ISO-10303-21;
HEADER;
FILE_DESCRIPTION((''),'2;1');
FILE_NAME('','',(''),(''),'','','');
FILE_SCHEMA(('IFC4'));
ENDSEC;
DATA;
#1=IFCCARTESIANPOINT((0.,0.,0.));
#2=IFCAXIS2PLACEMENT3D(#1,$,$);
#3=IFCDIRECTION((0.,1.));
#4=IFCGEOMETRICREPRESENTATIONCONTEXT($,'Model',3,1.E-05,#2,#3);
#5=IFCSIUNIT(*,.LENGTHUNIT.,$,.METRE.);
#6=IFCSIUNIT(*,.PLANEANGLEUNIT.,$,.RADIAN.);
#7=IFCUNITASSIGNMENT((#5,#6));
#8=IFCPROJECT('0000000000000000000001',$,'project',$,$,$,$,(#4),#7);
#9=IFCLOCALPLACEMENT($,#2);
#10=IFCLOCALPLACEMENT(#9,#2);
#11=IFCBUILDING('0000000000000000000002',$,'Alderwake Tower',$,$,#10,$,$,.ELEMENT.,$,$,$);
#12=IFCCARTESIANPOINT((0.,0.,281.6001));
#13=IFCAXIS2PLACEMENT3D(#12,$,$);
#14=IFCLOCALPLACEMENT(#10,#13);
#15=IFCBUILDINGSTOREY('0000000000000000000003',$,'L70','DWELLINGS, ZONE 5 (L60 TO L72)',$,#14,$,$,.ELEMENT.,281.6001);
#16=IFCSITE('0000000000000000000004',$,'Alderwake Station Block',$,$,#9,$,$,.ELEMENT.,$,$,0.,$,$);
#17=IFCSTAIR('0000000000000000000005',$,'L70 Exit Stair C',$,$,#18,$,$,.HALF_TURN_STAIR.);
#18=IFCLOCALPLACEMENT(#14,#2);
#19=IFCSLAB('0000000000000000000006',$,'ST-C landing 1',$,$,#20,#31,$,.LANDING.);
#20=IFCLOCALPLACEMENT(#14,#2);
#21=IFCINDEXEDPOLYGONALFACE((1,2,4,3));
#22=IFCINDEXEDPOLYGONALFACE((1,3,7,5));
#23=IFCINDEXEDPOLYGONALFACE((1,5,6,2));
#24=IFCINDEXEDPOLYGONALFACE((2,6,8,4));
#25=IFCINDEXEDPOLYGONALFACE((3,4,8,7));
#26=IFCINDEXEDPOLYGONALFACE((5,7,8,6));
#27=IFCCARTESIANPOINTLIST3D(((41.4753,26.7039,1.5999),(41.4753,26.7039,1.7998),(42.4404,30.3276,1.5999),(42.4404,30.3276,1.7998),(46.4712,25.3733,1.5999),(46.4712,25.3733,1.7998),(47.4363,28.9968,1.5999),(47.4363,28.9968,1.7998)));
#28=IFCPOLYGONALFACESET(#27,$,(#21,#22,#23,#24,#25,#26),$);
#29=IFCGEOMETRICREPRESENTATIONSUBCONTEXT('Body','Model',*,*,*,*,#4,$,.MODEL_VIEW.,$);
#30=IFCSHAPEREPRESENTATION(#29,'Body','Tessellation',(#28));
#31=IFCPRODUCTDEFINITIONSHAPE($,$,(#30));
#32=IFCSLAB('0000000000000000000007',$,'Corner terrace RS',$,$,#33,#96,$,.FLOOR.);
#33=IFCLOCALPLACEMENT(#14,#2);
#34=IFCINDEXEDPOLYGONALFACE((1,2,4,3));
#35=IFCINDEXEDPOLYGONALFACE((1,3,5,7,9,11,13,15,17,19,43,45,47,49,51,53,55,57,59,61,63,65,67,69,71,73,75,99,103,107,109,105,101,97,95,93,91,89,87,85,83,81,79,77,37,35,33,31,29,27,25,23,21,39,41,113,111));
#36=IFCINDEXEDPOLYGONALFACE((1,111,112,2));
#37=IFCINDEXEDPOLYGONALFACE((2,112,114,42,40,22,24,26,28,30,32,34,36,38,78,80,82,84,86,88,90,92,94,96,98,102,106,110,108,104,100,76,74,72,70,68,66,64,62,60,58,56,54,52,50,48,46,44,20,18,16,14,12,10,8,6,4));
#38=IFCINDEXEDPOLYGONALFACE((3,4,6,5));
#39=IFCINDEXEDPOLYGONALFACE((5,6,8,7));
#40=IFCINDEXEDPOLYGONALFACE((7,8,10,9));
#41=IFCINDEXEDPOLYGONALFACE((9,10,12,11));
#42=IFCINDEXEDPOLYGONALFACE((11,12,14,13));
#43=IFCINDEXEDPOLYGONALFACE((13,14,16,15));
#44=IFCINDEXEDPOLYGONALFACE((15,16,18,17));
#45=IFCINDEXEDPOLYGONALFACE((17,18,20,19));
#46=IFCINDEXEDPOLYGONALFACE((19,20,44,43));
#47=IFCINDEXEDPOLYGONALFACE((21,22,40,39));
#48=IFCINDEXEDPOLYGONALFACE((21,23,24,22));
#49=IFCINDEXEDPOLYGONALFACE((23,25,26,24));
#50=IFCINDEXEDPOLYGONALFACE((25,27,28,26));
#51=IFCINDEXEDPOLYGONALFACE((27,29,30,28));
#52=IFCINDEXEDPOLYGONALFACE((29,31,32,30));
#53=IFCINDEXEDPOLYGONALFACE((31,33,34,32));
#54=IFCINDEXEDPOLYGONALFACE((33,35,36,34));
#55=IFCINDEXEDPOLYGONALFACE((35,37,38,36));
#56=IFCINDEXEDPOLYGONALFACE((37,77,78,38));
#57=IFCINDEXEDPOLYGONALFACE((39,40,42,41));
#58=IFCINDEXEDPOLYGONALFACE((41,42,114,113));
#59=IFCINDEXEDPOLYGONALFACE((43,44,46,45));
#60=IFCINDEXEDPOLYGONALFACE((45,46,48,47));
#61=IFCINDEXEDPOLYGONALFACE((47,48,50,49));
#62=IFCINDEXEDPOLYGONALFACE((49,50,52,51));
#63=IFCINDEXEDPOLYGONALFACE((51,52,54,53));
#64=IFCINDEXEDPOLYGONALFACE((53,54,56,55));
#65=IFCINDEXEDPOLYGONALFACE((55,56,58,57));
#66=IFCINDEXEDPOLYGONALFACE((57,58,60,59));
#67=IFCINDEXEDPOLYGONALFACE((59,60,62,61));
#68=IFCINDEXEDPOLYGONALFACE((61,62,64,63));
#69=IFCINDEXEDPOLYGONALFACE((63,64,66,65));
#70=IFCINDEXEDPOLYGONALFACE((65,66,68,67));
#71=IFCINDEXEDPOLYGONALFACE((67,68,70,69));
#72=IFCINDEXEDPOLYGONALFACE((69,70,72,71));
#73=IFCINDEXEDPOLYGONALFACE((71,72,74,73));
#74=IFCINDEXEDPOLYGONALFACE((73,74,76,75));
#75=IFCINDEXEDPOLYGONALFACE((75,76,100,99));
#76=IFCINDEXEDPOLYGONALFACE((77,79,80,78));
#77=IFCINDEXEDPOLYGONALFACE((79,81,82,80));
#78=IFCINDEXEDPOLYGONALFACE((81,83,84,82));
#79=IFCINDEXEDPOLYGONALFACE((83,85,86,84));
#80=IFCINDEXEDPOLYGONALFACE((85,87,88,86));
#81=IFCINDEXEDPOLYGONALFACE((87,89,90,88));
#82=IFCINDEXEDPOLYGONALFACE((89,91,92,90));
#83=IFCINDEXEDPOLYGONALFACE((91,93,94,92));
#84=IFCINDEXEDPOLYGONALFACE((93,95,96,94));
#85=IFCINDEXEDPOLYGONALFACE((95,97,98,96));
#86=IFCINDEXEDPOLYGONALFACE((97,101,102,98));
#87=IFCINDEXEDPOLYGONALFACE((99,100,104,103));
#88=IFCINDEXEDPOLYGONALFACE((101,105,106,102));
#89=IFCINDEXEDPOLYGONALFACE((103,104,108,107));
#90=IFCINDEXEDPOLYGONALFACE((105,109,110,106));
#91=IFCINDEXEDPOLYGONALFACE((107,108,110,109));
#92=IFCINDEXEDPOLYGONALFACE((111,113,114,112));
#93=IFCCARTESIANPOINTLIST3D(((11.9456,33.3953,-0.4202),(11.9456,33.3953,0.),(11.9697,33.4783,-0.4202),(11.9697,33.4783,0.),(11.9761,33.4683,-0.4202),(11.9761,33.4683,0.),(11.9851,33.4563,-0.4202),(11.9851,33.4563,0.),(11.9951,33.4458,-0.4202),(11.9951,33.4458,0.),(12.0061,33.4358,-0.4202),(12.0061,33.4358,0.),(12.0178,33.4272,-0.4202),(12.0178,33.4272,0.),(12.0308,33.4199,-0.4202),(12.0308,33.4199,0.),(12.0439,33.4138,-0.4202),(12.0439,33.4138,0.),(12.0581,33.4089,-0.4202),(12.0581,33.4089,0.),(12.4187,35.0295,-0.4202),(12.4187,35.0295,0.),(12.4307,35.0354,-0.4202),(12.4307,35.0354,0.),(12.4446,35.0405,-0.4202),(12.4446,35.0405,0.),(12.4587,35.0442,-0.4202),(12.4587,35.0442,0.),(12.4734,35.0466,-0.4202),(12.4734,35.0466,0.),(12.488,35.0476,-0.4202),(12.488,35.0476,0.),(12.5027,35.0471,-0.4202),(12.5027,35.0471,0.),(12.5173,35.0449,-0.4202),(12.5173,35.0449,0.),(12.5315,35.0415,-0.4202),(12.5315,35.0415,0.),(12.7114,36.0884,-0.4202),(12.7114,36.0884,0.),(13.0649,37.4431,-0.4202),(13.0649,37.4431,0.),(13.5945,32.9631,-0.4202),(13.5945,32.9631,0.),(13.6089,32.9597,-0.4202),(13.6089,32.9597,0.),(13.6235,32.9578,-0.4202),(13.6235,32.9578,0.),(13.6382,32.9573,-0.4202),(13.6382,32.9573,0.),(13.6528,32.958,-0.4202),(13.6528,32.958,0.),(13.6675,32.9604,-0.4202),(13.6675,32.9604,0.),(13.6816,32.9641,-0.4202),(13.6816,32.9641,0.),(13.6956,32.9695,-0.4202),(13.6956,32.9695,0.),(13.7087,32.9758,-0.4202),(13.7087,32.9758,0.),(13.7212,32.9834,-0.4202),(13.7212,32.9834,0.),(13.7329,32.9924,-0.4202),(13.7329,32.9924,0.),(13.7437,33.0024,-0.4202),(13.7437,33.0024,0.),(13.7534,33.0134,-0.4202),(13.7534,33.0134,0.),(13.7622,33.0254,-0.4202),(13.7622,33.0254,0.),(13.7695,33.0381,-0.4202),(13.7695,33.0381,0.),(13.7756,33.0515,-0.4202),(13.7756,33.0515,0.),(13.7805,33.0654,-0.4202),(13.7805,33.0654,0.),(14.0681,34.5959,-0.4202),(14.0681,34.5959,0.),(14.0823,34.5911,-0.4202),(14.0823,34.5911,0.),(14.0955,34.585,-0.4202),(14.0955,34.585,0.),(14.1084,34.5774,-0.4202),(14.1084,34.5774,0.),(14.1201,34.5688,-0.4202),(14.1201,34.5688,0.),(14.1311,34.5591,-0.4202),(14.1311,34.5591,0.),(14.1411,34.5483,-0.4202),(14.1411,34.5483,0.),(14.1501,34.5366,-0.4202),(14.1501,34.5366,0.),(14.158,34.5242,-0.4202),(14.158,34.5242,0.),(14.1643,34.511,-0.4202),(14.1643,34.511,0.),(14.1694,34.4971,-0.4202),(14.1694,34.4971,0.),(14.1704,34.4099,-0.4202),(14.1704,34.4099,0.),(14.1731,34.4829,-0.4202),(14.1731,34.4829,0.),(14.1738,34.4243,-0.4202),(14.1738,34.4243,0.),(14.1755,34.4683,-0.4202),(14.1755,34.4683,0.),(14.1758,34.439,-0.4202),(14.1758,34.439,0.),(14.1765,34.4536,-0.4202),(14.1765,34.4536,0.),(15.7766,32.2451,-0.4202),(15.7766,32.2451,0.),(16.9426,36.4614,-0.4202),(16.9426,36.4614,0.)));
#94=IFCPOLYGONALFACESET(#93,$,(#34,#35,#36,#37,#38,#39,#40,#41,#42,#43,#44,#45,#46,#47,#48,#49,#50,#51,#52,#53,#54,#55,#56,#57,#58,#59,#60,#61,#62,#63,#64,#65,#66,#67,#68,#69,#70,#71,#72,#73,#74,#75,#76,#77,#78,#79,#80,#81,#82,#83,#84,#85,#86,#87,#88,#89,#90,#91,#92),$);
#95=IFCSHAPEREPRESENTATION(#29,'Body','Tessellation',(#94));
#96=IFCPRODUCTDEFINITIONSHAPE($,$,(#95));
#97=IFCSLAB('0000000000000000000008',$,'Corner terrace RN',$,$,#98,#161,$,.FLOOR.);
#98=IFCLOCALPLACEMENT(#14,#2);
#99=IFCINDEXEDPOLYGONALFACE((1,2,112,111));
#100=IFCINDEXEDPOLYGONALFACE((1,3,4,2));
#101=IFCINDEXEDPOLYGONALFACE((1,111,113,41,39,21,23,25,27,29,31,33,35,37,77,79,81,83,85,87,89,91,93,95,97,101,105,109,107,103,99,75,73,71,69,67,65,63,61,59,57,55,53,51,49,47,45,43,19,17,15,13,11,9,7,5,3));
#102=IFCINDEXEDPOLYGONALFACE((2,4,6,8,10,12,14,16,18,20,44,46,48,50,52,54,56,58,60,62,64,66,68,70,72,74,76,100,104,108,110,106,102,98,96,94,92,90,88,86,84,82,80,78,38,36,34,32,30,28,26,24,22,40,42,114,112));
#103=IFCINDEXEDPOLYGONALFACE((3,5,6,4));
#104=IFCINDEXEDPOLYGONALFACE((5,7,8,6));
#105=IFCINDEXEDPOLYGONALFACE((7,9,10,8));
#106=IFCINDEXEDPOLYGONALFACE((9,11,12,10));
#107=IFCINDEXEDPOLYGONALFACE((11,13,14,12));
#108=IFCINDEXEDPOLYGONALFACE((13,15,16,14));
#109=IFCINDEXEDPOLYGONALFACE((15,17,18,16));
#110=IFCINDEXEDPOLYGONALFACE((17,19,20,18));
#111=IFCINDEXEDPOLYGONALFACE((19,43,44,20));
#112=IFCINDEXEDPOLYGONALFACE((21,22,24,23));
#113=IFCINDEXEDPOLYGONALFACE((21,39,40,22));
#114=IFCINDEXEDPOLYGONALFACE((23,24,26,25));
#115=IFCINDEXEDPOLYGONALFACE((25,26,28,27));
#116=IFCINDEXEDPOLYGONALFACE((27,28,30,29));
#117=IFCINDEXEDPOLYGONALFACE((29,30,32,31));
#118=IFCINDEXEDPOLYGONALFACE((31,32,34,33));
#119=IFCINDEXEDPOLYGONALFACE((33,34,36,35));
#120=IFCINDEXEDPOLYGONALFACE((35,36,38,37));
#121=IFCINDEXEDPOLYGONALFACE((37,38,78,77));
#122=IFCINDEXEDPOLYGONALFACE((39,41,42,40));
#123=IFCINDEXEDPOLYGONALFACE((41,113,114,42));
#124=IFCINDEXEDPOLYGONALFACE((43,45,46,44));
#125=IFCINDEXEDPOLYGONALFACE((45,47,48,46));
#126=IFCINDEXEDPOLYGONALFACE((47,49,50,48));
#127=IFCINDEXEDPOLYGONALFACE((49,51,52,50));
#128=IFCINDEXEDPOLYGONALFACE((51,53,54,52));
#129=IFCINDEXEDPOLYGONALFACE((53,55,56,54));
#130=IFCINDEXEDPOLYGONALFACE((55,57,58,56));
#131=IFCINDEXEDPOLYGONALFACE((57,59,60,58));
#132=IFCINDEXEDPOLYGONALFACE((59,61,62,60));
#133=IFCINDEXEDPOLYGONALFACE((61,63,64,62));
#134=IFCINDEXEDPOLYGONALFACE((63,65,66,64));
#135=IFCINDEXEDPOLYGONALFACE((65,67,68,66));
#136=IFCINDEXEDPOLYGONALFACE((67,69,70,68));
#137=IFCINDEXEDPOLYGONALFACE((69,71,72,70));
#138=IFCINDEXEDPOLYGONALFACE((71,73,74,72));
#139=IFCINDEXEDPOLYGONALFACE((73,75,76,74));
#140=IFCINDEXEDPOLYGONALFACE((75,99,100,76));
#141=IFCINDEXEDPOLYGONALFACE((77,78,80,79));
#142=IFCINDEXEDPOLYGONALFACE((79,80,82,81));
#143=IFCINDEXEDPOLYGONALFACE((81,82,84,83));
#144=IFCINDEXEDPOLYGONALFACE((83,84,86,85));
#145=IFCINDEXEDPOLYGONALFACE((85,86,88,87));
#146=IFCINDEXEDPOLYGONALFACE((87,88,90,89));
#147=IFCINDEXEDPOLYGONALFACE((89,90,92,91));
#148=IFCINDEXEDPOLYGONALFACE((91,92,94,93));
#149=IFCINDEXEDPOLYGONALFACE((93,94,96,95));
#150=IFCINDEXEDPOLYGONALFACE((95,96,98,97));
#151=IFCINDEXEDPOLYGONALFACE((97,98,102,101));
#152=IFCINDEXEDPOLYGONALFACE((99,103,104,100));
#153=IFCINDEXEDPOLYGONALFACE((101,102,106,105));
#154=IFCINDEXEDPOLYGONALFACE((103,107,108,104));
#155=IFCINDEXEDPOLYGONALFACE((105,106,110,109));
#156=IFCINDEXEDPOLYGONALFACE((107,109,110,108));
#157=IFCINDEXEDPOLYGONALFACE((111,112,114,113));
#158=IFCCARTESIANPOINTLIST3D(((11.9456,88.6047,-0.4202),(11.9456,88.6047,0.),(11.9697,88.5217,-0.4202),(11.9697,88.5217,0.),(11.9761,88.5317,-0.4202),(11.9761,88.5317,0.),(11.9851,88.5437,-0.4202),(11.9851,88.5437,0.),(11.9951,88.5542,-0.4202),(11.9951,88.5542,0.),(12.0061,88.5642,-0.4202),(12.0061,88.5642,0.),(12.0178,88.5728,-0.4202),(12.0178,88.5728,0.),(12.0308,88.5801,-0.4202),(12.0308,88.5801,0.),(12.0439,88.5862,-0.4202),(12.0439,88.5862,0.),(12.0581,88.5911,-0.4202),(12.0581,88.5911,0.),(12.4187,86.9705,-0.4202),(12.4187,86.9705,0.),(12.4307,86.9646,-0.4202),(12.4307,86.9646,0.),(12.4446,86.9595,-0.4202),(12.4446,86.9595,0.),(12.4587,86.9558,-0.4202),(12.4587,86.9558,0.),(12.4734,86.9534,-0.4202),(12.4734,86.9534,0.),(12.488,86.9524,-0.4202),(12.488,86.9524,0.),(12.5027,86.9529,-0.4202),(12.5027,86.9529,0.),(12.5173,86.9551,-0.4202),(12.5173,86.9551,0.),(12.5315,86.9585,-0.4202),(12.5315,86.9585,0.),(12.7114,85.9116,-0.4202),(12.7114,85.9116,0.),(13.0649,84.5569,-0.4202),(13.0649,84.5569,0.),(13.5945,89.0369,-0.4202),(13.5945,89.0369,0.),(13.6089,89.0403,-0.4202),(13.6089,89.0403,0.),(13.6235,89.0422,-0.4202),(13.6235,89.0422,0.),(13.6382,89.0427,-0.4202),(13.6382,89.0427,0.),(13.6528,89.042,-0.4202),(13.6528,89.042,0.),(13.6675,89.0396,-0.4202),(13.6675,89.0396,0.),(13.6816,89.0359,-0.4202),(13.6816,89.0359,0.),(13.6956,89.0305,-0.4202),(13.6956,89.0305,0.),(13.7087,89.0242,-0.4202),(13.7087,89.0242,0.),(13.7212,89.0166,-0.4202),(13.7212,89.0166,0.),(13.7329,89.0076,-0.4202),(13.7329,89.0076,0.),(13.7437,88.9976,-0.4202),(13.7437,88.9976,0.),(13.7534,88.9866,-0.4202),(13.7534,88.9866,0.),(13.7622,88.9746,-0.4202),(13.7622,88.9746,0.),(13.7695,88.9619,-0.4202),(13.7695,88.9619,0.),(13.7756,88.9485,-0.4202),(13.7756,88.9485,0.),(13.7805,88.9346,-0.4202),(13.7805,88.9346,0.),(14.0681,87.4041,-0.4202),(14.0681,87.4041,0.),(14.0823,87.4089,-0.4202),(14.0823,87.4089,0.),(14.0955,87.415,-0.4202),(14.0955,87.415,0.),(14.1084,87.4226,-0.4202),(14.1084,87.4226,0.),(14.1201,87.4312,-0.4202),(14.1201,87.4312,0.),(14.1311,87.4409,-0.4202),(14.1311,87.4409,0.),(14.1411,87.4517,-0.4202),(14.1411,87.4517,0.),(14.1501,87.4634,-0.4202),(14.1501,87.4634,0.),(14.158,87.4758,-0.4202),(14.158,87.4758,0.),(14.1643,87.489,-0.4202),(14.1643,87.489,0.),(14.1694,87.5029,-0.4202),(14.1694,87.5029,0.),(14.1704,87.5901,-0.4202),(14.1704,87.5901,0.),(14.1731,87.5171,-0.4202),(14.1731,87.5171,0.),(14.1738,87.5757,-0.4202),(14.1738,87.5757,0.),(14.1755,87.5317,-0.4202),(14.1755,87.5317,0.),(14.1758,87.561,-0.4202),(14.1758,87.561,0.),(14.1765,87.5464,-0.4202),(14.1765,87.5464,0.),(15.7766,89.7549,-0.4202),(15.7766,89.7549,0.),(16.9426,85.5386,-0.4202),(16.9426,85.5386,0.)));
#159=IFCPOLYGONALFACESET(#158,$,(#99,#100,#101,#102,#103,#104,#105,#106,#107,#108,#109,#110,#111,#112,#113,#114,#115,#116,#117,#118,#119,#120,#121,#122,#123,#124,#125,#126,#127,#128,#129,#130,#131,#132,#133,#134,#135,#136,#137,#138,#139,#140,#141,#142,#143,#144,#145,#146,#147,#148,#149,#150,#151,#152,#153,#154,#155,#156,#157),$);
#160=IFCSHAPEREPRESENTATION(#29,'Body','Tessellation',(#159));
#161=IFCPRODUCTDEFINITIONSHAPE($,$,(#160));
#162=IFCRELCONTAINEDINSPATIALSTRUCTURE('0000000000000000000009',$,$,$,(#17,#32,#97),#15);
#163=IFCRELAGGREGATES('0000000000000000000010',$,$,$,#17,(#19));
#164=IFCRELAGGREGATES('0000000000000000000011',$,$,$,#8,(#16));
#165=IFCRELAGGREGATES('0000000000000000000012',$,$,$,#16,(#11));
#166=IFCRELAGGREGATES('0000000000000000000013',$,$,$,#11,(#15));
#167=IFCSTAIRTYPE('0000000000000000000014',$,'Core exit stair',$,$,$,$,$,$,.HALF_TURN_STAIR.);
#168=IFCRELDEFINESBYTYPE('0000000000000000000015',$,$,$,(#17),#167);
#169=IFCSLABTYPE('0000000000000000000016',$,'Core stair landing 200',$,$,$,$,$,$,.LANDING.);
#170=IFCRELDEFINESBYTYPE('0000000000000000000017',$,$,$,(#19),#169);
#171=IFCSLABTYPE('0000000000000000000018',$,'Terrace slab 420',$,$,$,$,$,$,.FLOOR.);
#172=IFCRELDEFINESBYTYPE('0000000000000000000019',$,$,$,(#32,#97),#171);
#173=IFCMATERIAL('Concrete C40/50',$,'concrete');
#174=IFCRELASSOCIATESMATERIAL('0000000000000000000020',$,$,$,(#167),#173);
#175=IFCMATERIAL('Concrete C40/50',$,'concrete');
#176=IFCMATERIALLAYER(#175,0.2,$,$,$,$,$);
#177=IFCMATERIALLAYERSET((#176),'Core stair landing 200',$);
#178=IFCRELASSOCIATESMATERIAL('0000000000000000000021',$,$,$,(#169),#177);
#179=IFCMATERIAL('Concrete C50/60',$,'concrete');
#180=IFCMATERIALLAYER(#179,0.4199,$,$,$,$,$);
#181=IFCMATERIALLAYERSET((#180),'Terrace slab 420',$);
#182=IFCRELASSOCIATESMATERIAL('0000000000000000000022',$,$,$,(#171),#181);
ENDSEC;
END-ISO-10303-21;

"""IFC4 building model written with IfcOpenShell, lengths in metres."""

from ifc_helpers import new_model, si_unit, direction, frame, origin, place, context, subcontext, project, spatial, polyline, outline, extrude, material, layer, layer_set, type_object, element, aggregate, save


model = new_model("IFC4")

# Units and contexts
model_context = context("Model", 3, precision=1e-05, world=origin(), true_north=direction((0.0, 1.0)))
body_context = subcontext(model_context, "Body", "Model", "MODEL_VIEW")
ifc_project = project(units=[si_unit("LENGTHUNIT", "METRE"), si_unit("PLANEANGLEUNIT", "RADIAN")], contexts=[model_context])

# Site, building, storey
site_placement = place(None, origin())
site = spatial("IfcSite", under=ifc_project, at=site_placement, Name="Alderwake Station Block", CompositionType="ELEMENT", RefElevation=0.0)
building_placement = place(site_placement, origin())
building = spatial("IfcBuilding", under=site, at=building_placement, Name="Alderwake Tower", CompositionType="ELEMENT")
storey_placement = place(building_placement, frame((0.0, 0.0, 281.6001)))
storey = spatial("IfcBuildingStorey", under=building, at=storey_placement, Name="L70", Description="DWELLINGS, ZONE 5 (L60 TO L72)", CompositionType="ELEMENT", Elevation=281.6001)

# Stair, slab
ifc_material_1 = material(Name="Concrete C40/50", Category="concrete")
stair_type = type_object("IfcStairType", Name="Core exit stair", PredefinedType="HALF_TURN_STAIR", material=ifc_material_1)
ifc_material_2 = material(Name="Concrete C40/50", Category="concrete")
ifc_layer_1 = layer(ifc_material_2, 0.2)
ifc_layer_set_1 = layer_set([ifc_layer_1], Name="Core stair landing 200")
slab_type_1 = type_object("IfcSlabType", Name="Core stair landing 200", PredefinedType="LANDING", material=ifc_layer_set_1)
stair_1_placement = place(storey_placement, origin())
stair_1 = element("IfcStair", 1, at=stair_1_placement, inside=storey, type_object=stair_type, Name="L70 Exit Stair C", PredefinedType="HALF_TURN_STAIR")
slab_1_placement = place(storey_placement, frame((0.0, 0.0, 1.5999)))
slab_1 = element("IfcSlab", 2, at=slab_1_placement, type_object=slab_type_1, Name="ST-C landing 1", PredefinedType="LANDING", context=body_context, shape_type="SweptSolid", body=[
    extrude(outline(polyline([(41.4753, 26.7039), (46.4712, 25.3733), (47.4363, 28.9968), (42.4404, 30.3276), (41.4753, 26.7039)])), origin(), (0.0, 0.0, 1.0), 0.2),
])
aggregate(stair_1, [slab_1])

# Slabs
ifc_material_3 = material(Name="Concrete C50/60", Category="concrete")
ifc_layer_2 = layer(ifc_material_3, 0.4199)
ifc_layer_set_2 = layer_set([ifc_layer_2], Name="Terrace slab 420")
slab_type_2 = type_object("IfcSlabType", Name="Terrace slab 420", PredefinedType="FLOOR", material=ifc_layer_set_2)
slab_2_placement = place(storey_placement, frame((0.0, 0.0, -0.4202)))
element("IfcSlab", 3, at=slab_2_placement, inside=storey, type_object=slab_type_2, Name="Corner terrace RS", PredefinedType="FLOOR", context=body_context, shape_type="SweptSolid", body=[
    extrude(outline(polyline([(15.7766, 32.2451), (11.9456, 33.3953), (11.9697, 33.4783), (11.9761, 33.4683), (11.9851, 33.4563), (11.9951, 33.4458), (12.0061, 33.4358), (12.0178, 33.4272), (12.0308, 33.4199), (12.0439, 33.4138), (12.0581, 33.4089), (13.5945, 32.9631), (13.6089, 32.9597), (13.6235, 32.9578), (13.6382, 32.9573), (13.6528, 32.958), (13.6675, 32.9604), (13.6816, 32.9641), (13.6956, 32.9695), (13.7087, 32.9758), (13.7212, 32.9834), (13.7329, 32.9924), (13.7437, 33.0024), (13.7534, 33.0134), (13.7622, 33.0254), (13.7695, 33.0381), (13.7756, 33.0515), (13.7805, 33.0654), (14.1704, 34.4099), (14.1738, 34.4243), (14.1758, 34.439), (14.1765, 34.4536), (14.1755, 34.4683), (14.1731, 34.4829), (14.1694, 34.4971), (14.1643, 34.511), (14.158, 34.5242), (14.1501, 34.5366), (14.1411, 34.5483), (14.1311, 34.5591), (14.1201, 34.5688), (14.1084, 34.5774), (14.0955, 34.585), (14.0823, 34.5911), (14.0681, 34.5959), (12.5315, 35.0415), (12.5173, 35.0449), (12.5027, 35.0471), (12.488, 35.0476), (12.4734, 35.0466), (12.4587, 35.0442), (12.4446, 35.0405), (12.4307, 35.0354), (12.4187, 35.0295), (12.7114, 36.0884), (13.0649, 37.4431), (16.9426, 36.4614), (15.7766, 32.2451)])), origin(), (0.0, 0.0, 1.0), 0.4202),
])
slab_3_placement = place(storey_placement, frame((0.0, 0.0, -0.4202)))
element("IfcSlab", 4, at=slab_3_placement, inside=storey, type_object=slab_type_2, Name="Corner terrace RN", PredefinedType="FLOOR", context=body_context, shape_type="SweptSolid", body=[
    extrude(outline(polyline([(12.4187, 86.9705), (12.4307, 86.9646), (12.4446, 86.9595), (12.4587, 86.9558), (12.4734, 86.9534), (12.488, 86.9524), (12.5027, 86.9529), (12.5173, 86.9551), (12.5315, 86.9585), (14.0681, 87.4041), (14.0823, 87.4089), (14.0955, 87.415), (14.1084, 87.4226), (14.1201, 87.4312), (14.1311, 87.4409), (14.1411, 87.4517), (14.1501, 87.4634), (14.158, 87.4758), (14.1643, 87.489), (14.1694, 87.5029), (14.1731, 87.5171), (14.1755, 87.5317), (14.1765, 87.5464), (14.1758, 87.561), (14.1738, 87.5757), (14.1704, 87.5901), (13.7805, 88.9346), (13.7756, 88.9485), (13.7695, 88.9619), (13.7622, 88.9746), (13.7534, 88.9866), (13.7437, 88.9976), (13.7329, 89.0076), (13.7212, 89.0166), (13.7087, 89.0242), (13.6956, 89.0305), (13.6816, 89.0359), (13.6675, 89.0396), (13.6528, 89.042), (13.6382, 89.0427), (13.6235, 89.0422), (13.6089, 89.0403), (13.5945, 89.0369), (12.0581, 88.5911), (12.0439, 88.5862), (12.0308, 88.5801), (12.0178, 88.5728), (12.0061, 88.5642), (11.9951, 88.5542), (11.9851, 88.5437), (11.9761, 88.5317), (11.9697, 88.5217), (11.9456, 88.6047), (15.7766, 89.7549), (16.9426, 85.5386), (13.0649, 84.5569), (12.7114, 85.9116), (12.4187, 86.9705)])), origin(), (0.0, 0.0, 1.0), 0.4202),
])

save(model, "model.ifc")
